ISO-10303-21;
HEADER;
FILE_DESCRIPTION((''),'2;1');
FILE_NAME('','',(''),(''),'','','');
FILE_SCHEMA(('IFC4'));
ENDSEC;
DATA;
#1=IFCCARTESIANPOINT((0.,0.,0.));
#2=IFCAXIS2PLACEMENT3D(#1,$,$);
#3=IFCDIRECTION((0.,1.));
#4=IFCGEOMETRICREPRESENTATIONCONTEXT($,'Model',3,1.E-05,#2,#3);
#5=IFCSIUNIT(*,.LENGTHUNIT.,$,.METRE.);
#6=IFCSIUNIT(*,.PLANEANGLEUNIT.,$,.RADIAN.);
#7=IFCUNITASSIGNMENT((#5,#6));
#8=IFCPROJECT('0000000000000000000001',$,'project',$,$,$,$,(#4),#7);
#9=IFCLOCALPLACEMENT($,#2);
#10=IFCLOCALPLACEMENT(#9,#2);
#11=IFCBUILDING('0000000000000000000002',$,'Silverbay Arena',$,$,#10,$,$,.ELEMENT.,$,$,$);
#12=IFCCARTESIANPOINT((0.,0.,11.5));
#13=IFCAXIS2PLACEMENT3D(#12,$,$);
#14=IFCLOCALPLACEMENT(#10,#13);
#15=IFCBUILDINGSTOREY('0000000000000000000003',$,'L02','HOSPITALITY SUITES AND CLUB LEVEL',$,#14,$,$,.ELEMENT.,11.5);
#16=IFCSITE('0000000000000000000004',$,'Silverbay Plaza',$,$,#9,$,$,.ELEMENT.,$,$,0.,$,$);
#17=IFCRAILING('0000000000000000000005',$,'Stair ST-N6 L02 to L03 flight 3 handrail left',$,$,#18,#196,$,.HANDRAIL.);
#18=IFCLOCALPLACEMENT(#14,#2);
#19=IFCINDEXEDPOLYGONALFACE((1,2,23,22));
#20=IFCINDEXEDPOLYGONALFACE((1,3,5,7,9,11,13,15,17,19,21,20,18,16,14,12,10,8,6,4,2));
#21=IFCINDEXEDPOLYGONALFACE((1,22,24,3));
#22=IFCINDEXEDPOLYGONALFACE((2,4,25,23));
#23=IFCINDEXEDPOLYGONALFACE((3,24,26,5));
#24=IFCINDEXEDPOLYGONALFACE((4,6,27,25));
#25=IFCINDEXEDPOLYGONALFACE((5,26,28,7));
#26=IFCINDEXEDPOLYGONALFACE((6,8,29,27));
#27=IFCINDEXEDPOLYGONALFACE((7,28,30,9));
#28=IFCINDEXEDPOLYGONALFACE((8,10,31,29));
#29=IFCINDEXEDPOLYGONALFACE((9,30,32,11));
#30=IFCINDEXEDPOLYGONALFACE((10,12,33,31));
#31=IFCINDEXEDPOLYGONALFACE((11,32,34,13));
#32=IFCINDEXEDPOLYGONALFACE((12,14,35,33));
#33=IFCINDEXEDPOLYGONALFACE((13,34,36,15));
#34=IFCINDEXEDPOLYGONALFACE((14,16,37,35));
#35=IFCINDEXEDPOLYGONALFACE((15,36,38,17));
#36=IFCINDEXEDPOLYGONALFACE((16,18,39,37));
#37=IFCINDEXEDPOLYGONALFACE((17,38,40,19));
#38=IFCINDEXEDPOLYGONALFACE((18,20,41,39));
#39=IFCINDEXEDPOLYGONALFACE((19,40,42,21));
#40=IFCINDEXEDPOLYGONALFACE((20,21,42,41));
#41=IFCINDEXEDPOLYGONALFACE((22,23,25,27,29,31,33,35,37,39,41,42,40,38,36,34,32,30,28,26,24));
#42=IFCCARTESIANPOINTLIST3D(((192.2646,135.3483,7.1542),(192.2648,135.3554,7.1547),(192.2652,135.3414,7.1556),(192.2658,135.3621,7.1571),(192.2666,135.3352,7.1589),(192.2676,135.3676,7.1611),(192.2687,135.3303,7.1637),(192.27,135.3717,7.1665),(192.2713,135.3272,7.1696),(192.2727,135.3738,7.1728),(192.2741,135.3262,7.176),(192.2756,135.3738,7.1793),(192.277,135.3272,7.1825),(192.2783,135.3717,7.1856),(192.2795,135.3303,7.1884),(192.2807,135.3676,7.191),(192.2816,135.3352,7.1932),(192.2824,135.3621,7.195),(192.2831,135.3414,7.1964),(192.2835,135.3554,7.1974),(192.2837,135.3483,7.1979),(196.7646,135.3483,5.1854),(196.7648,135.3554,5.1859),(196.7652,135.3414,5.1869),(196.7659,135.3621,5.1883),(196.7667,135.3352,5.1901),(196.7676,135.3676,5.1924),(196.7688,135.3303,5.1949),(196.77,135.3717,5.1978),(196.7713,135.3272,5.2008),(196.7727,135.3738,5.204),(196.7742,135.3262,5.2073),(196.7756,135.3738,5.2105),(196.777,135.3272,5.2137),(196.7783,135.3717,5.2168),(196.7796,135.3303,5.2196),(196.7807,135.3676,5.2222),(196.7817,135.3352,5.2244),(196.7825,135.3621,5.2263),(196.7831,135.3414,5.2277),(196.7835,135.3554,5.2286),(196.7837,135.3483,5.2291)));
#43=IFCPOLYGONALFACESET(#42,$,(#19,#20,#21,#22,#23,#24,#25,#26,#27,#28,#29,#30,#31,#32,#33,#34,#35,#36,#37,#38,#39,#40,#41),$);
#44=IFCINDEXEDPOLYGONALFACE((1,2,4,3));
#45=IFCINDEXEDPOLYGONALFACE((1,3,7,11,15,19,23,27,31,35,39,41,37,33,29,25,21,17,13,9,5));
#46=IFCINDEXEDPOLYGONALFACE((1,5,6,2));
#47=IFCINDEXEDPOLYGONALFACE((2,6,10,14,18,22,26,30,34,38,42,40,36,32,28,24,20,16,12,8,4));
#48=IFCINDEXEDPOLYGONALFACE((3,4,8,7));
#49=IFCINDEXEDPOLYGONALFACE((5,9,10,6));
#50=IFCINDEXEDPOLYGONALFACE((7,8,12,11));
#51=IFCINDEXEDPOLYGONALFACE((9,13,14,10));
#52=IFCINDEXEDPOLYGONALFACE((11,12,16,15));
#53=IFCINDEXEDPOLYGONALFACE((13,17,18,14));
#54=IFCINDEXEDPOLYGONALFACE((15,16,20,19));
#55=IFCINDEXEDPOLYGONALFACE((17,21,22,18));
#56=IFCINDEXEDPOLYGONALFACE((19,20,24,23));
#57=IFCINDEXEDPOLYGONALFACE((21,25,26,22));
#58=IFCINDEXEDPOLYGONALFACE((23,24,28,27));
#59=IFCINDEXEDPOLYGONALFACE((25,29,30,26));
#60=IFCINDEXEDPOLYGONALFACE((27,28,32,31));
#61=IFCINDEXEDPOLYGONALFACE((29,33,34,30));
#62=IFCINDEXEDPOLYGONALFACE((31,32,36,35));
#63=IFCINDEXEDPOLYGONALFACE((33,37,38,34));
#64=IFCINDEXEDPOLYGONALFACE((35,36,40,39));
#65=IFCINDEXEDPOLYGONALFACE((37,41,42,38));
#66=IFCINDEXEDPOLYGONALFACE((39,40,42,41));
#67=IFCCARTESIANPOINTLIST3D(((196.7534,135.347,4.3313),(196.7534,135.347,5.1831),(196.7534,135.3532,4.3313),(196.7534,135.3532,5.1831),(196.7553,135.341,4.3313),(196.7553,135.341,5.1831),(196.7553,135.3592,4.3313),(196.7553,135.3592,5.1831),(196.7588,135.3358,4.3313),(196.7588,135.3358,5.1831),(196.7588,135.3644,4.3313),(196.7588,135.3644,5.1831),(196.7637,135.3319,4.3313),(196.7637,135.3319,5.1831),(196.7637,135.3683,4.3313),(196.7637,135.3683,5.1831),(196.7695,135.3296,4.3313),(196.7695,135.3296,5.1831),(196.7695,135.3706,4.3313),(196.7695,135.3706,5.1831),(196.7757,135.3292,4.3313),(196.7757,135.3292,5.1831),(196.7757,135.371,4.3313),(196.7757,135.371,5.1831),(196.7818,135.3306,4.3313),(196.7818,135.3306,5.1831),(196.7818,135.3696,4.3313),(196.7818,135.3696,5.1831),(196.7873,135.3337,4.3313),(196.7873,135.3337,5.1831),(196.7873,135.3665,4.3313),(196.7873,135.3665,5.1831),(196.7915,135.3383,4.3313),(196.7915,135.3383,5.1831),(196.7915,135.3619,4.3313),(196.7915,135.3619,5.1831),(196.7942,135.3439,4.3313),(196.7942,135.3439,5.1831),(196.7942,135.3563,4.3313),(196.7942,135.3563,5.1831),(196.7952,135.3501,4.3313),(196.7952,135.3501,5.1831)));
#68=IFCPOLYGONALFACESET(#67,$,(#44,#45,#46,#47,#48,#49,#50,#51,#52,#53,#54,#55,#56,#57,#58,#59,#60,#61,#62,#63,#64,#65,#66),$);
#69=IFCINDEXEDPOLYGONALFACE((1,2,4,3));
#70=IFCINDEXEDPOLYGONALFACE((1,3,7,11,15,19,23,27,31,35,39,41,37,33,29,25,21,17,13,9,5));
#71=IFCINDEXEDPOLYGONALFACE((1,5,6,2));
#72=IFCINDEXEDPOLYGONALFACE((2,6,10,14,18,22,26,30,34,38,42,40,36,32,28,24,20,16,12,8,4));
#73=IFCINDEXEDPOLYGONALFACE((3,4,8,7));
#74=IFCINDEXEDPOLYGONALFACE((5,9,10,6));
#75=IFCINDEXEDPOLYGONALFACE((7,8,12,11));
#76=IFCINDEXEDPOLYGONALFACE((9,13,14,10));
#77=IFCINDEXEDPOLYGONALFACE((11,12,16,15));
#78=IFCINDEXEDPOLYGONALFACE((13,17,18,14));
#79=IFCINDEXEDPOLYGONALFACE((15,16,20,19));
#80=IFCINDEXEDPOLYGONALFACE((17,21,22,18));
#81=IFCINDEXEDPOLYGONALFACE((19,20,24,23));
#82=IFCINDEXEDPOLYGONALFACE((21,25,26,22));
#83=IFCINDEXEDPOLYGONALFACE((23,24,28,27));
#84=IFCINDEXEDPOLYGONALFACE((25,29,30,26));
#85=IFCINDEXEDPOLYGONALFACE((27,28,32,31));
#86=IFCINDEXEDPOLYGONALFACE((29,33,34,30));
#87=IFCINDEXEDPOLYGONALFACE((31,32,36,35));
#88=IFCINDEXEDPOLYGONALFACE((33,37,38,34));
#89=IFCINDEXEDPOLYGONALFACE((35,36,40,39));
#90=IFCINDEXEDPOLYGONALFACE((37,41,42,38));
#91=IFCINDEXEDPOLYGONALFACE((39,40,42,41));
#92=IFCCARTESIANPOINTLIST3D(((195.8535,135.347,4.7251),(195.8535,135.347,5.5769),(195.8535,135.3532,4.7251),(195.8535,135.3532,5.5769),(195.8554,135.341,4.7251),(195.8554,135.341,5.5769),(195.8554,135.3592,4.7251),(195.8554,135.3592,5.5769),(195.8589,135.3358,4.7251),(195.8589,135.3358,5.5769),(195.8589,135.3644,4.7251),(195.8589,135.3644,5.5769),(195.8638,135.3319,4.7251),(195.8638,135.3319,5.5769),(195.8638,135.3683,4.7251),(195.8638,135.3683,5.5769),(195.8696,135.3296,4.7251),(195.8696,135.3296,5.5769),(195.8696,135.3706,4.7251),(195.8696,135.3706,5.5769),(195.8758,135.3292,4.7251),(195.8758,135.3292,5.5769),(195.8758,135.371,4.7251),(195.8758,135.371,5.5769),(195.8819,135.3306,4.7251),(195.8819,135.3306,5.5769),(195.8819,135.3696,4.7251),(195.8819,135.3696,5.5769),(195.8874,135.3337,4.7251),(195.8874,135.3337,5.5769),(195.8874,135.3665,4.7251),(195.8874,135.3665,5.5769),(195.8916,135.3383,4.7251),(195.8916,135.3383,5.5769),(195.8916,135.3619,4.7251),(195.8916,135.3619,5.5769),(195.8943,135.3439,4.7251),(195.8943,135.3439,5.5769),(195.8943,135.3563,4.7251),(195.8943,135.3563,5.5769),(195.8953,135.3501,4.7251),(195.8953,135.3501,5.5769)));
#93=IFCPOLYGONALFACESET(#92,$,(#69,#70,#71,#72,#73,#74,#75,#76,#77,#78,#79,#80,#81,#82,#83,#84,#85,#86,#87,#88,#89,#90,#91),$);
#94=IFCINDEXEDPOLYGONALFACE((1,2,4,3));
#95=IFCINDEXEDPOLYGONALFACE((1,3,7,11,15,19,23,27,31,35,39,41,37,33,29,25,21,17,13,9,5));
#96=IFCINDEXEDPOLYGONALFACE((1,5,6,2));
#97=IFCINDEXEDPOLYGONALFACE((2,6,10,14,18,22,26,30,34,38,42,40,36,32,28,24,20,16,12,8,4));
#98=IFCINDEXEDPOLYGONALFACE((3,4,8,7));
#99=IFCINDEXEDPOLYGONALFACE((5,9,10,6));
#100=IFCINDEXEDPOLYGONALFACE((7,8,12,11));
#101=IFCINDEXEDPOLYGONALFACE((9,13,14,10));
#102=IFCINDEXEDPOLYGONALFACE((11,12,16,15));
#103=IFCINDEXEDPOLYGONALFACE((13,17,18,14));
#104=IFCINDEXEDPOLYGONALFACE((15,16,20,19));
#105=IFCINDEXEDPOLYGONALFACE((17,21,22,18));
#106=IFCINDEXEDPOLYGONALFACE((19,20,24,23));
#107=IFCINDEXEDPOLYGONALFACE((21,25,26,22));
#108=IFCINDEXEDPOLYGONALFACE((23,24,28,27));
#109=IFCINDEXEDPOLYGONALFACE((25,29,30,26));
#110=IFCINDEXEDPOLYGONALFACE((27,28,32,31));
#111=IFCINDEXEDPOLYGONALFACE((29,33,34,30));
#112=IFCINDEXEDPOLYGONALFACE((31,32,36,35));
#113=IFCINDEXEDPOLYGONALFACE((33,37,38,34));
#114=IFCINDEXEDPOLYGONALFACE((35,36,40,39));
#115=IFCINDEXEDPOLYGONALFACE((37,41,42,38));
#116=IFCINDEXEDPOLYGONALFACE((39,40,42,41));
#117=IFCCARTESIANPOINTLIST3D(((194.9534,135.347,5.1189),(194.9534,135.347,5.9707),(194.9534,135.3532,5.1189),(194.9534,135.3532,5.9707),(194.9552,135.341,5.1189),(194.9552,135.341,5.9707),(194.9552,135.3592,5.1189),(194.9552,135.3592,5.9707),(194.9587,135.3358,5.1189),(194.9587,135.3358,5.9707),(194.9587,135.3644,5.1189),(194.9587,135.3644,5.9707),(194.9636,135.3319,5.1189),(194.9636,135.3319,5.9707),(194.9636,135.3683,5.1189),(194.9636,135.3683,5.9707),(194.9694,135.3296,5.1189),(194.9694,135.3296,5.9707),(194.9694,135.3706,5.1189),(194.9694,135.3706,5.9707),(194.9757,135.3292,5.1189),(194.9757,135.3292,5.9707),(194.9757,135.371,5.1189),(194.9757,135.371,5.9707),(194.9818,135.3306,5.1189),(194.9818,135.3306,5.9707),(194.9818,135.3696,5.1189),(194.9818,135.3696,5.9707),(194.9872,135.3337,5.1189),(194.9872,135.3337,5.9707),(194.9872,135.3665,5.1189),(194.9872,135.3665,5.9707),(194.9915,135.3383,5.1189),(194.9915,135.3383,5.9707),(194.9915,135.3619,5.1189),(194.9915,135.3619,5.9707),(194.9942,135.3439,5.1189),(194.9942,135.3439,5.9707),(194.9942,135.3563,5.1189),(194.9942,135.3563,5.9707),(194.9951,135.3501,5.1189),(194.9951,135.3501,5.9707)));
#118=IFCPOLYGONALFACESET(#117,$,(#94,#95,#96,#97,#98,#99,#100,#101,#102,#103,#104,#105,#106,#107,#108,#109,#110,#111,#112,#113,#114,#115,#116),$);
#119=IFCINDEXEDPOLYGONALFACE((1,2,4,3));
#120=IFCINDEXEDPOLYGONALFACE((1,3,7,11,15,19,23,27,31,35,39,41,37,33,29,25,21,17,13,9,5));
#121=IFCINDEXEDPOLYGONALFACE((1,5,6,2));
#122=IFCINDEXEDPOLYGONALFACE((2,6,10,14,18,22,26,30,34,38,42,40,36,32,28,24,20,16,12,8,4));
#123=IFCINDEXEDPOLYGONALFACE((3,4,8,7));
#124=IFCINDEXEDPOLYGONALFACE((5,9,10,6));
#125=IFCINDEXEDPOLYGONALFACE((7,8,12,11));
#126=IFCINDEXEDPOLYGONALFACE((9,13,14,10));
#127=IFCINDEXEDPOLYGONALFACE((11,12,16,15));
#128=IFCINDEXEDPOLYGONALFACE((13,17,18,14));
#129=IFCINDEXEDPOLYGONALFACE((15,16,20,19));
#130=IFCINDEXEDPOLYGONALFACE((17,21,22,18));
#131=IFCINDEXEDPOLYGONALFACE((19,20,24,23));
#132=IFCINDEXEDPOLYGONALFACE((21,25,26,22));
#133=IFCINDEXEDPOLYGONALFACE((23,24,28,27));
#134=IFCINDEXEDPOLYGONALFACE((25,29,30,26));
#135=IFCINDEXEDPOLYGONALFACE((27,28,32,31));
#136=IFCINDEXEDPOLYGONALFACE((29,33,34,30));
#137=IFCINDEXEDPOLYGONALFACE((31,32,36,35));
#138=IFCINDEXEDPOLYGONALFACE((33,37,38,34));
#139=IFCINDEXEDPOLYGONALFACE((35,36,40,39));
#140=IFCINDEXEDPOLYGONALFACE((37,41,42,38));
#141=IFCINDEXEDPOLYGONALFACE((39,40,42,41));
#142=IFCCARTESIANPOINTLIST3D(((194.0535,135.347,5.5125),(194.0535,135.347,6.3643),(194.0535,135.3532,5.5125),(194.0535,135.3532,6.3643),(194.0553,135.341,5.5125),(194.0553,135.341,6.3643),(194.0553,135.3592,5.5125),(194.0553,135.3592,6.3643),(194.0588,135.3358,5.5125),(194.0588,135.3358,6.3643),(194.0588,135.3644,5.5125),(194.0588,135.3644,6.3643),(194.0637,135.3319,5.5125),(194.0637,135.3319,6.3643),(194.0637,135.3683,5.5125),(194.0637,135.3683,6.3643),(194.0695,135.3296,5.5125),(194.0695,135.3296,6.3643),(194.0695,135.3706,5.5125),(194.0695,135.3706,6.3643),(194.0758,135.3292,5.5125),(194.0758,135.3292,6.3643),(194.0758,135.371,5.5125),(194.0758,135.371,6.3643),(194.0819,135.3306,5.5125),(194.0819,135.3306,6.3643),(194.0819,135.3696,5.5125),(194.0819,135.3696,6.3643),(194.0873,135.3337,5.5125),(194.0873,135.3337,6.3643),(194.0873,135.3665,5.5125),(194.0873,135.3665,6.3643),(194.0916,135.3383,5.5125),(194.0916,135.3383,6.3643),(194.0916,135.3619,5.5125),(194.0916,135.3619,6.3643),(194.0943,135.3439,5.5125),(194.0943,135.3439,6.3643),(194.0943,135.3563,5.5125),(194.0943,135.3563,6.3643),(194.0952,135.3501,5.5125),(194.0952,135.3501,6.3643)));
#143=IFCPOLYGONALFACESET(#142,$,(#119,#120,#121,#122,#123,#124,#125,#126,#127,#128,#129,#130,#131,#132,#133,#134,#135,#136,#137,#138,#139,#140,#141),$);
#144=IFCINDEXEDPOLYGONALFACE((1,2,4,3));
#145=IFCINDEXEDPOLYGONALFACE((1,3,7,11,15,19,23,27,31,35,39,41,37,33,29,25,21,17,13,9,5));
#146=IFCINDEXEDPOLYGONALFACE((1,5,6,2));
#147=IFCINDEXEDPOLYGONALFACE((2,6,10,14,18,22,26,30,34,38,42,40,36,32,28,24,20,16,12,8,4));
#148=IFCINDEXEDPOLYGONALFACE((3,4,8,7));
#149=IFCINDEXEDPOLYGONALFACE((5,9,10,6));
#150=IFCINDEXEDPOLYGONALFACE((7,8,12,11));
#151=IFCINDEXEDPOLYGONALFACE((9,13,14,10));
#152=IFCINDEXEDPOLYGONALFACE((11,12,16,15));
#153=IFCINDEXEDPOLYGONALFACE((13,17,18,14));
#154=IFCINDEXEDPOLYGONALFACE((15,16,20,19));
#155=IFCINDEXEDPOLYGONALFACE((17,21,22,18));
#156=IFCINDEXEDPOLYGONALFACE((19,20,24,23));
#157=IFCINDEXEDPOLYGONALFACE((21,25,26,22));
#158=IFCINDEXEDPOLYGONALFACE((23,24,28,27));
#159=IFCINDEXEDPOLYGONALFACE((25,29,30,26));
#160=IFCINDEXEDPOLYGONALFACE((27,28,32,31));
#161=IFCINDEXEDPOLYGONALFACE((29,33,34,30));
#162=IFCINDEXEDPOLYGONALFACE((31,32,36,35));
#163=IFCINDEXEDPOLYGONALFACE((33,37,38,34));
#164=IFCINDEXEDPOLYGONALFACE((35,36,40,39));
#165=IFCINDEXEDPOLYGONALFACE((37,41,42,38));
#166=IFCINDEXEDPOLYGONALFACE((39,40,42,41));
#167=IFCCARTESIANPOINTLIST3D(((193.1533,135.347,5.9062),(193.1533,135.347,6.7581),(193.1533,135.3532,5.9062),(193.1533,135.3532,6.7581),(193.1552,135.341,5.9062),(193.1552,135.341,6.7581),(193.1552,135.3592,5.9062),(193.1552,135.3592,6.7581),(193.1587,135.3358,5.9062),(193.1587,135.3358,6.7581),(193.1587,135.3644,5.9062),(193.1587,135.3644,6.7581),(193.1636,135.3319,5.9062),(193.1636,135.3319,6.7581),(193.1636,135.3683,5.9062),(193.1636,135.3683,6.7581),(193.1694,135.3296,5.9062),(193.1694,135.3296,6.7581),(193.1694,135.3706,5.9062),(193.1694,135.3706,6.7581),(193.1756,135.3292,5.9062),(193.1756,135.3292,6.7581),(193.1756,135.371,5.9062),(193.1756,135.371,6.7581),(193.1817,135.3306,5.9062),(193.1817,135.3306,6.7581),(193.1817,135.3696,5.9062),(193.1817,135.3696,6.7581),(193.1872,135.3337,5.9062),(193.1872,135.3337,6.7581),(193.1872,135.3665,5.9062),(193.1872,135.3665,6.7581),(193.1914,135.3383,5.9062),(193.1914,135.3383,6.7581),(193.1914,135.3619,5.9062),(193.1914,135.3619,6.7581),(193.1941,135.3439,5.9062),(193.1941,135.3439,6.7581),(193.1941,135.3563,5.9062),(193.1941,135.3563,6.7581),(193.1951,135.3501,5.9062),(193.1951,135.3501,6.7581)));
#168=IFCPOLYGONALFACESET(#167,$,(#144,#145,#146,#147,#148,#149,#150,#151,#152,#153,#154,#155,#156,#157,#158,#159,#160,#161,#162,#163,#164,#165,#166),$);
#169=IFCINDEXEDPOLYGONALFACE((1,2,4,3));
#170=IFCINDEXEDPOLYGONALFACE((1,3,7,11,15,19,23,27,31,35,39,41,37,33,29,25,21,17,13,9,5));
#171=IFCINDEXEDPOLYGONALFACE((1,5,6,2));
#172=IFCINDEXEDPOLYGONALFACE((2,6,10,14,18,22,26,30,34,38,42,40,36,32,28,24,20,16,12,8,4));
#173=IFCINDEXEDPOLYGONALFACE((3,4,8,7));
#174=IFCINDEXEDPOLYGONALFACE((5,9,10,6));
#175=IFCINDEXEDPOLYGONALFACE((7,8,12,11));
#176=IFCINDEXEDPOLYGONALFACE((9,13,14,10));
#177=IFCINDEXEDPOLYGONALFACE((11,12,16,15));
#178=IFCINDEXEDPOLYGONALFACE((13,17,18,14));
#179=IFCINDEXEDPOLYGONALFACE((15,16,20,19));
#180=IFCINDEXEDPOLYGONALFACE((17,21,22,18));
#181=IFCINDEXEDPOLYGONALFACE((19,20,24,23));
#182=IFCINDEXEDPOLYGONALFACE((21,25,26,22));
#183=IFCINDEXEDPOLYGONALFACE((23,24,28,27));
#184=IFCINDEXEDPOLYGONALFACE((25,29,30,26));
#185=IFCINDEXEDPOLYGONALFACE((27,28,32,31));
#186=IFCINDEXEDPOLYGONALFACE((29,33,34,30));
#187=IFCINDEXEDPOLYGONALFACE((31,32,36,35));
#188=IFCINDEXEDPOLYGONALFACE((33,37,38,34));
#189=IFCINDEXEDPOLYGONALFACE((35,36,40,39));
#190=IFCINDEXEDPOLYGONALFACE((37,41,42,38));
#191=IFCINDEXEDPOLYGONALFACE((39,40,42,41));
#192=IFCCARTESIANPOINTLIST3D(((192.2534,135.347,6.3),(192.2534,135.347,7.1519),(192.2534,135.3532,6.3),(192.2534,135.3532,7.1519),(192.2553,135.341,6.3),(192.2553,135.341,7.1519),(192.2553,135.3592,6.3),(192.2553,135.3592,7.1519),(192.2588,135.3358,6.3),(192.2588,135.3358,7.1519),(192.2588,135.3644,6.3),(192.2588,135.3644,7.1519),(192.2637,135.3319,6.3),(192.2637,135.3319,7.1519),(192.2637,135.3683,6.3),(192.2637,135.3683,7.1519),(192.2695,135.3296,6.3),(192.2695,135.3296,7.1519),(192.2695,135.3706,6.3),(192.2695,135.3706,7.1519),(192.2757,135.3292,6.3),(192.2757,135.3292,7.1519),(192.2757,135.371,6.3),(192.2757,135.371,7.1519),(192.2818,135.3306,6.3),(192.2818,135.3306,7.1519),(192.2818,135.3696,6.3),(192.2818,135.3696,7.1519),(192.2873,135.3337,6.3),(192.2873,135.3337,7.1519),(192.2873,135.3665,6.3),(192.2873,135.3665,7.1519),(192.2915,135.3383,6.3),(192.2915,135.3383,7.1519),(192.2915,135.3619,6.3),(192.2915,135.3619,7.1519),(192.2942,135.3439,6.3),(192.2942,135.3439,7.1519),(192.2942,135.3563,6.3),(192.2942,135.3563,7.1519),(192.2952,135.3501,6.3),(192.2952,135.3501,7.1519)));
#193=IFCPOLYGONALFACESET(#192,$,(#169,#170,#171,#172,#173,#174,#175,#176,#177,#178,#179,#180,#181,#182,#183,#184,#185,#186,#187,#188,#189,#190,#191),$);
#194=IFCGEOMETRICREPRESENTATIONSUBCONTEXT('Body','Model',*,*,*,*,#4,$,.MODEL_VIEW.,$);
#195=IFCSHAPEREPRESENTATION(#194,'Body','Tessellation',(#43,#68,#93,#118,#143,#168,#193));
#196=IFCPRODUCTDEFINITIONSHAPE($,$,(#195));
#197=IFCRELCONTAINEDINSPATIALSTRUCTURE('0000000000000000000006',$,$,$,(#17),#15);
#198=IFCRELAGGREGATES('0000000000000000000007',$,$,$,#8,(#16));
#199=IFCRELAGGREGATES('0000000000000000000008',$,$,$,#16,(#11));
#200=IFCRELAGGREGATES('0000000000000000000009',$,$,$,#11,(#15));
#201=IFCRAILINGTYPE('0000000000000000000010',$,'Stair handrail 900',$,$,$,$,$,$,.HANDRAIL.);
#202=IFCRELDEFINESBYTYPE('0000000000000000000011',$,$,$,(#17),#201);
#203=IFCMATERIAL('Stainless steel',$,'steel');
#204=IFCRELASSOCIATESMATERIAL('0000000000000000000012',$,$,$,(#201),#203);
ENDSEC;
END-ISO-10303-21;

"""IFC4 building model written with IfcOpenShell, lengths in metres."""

from ifc_helpers import new_model, si_unit, direction, frame, origin, origin_2d, place, context, subcontext, project, spatial, circle, extrude, material, type_object, element, save


model = new_model("IFC4")

# Units and contexts
model_context = context("Model", 3, precision=1e-05, world=origin(), true_north=direction((0.0, 1.0)))
body_context = subcontext(model_context, "Body", "Model", "MODEL_VIEW")
ifc_project = project(units=[si_unit("LENGTHUNIT", "METRE"), si_unit("PLANEANGLEUNIT", "RADIAN")], contexts=[model_context])

# Site, building, storey
site_placement = place(None, origin())
site = spatial("IfcSite", under=ifc_project, at=site_placement, Name="Silverbay Plaza", CompositionType="ELEMENT", RefElevation=0.0)
building_placement = place(site_placement, origin())
building = spatial("IfcBuilding", under=site, at=building_placement, Name="Silverbay Arena", CompositionType="ELEMENT")
storey_placement = place(building_placement, frame((0.0, 0.0, 11.5)))
storey = spatial("IfcBuildingStorey", under=building, at=storey_placement, Name="L02", Description="HOSPITALITY SUITES AND CLUB LEVEL", CompositionType="ELEMENT", Elevation=11.5)

# Railing
ifc_material_1 = material(Name="Stainless steel", Category="steel")
railing_type_1 = type_object("IfcRailingType", Name="Stair handrail 900", PredefinedType="HANDRAIL", material=ifc_material_1)
for number, where, name in (
    (1, (196.7742, 135.3501, 4.3313), "Stair ST-N6 L02 to L03 flight 3 handrail left"),
):
    element("IfcRailing", number, at=place(storey_placement, frame(where)), inside=storey, type_object=railing_type_1, Name=name, PredefinedType="HANDRAIL", context=body_context, shape_type="SweptSolid", body=[
        extrude(circle(Radius=0.0239, at=origin_2d()), frame((0.0, 0.0, 0.876), z_axis=(-0.916157, 0.0, 0.400819), x_axis=(0.0, -1.0, 0.0)), (0.0, 0.0, 1.0), 4.9119),
        extrude(circle(Radius=0.021, at=origin_2d()), origin(), (0.0, 0.0, 1.0), 0.8518),
        extrude(circle(Radius=0.021, at=origin_2d()), frame((-0.8999, 0.0, 0.3938)), (0.0, 0.0, 1.0), 0.8518),
        extrude(circle(Radius=0.021, at=origin_2d()), frame((-1.8, 0.0, 0.7876)), (0.0, 0.0, 1.0), 0.8518),
        extrude(circle(Radius=0.021, at=origin_2d()), frame((-2.7, 0.0, 1.1812)), (0.0, 0.0, 1.0), 0.8518),
        extrude(circle(Radius=0.021, at=origin_2d()), frame((-3.6001, 0.0, 1.575)), (0.0, 0.0, 1.0), 0.8518),
        extrude(circle(Radius=0.021, at=origin_2d()), frame((-4.5, 0.0, 1.9688)), (0.0, 0.0, 1.0), 0.8518),
    ])

save(model, "model.ifc")
